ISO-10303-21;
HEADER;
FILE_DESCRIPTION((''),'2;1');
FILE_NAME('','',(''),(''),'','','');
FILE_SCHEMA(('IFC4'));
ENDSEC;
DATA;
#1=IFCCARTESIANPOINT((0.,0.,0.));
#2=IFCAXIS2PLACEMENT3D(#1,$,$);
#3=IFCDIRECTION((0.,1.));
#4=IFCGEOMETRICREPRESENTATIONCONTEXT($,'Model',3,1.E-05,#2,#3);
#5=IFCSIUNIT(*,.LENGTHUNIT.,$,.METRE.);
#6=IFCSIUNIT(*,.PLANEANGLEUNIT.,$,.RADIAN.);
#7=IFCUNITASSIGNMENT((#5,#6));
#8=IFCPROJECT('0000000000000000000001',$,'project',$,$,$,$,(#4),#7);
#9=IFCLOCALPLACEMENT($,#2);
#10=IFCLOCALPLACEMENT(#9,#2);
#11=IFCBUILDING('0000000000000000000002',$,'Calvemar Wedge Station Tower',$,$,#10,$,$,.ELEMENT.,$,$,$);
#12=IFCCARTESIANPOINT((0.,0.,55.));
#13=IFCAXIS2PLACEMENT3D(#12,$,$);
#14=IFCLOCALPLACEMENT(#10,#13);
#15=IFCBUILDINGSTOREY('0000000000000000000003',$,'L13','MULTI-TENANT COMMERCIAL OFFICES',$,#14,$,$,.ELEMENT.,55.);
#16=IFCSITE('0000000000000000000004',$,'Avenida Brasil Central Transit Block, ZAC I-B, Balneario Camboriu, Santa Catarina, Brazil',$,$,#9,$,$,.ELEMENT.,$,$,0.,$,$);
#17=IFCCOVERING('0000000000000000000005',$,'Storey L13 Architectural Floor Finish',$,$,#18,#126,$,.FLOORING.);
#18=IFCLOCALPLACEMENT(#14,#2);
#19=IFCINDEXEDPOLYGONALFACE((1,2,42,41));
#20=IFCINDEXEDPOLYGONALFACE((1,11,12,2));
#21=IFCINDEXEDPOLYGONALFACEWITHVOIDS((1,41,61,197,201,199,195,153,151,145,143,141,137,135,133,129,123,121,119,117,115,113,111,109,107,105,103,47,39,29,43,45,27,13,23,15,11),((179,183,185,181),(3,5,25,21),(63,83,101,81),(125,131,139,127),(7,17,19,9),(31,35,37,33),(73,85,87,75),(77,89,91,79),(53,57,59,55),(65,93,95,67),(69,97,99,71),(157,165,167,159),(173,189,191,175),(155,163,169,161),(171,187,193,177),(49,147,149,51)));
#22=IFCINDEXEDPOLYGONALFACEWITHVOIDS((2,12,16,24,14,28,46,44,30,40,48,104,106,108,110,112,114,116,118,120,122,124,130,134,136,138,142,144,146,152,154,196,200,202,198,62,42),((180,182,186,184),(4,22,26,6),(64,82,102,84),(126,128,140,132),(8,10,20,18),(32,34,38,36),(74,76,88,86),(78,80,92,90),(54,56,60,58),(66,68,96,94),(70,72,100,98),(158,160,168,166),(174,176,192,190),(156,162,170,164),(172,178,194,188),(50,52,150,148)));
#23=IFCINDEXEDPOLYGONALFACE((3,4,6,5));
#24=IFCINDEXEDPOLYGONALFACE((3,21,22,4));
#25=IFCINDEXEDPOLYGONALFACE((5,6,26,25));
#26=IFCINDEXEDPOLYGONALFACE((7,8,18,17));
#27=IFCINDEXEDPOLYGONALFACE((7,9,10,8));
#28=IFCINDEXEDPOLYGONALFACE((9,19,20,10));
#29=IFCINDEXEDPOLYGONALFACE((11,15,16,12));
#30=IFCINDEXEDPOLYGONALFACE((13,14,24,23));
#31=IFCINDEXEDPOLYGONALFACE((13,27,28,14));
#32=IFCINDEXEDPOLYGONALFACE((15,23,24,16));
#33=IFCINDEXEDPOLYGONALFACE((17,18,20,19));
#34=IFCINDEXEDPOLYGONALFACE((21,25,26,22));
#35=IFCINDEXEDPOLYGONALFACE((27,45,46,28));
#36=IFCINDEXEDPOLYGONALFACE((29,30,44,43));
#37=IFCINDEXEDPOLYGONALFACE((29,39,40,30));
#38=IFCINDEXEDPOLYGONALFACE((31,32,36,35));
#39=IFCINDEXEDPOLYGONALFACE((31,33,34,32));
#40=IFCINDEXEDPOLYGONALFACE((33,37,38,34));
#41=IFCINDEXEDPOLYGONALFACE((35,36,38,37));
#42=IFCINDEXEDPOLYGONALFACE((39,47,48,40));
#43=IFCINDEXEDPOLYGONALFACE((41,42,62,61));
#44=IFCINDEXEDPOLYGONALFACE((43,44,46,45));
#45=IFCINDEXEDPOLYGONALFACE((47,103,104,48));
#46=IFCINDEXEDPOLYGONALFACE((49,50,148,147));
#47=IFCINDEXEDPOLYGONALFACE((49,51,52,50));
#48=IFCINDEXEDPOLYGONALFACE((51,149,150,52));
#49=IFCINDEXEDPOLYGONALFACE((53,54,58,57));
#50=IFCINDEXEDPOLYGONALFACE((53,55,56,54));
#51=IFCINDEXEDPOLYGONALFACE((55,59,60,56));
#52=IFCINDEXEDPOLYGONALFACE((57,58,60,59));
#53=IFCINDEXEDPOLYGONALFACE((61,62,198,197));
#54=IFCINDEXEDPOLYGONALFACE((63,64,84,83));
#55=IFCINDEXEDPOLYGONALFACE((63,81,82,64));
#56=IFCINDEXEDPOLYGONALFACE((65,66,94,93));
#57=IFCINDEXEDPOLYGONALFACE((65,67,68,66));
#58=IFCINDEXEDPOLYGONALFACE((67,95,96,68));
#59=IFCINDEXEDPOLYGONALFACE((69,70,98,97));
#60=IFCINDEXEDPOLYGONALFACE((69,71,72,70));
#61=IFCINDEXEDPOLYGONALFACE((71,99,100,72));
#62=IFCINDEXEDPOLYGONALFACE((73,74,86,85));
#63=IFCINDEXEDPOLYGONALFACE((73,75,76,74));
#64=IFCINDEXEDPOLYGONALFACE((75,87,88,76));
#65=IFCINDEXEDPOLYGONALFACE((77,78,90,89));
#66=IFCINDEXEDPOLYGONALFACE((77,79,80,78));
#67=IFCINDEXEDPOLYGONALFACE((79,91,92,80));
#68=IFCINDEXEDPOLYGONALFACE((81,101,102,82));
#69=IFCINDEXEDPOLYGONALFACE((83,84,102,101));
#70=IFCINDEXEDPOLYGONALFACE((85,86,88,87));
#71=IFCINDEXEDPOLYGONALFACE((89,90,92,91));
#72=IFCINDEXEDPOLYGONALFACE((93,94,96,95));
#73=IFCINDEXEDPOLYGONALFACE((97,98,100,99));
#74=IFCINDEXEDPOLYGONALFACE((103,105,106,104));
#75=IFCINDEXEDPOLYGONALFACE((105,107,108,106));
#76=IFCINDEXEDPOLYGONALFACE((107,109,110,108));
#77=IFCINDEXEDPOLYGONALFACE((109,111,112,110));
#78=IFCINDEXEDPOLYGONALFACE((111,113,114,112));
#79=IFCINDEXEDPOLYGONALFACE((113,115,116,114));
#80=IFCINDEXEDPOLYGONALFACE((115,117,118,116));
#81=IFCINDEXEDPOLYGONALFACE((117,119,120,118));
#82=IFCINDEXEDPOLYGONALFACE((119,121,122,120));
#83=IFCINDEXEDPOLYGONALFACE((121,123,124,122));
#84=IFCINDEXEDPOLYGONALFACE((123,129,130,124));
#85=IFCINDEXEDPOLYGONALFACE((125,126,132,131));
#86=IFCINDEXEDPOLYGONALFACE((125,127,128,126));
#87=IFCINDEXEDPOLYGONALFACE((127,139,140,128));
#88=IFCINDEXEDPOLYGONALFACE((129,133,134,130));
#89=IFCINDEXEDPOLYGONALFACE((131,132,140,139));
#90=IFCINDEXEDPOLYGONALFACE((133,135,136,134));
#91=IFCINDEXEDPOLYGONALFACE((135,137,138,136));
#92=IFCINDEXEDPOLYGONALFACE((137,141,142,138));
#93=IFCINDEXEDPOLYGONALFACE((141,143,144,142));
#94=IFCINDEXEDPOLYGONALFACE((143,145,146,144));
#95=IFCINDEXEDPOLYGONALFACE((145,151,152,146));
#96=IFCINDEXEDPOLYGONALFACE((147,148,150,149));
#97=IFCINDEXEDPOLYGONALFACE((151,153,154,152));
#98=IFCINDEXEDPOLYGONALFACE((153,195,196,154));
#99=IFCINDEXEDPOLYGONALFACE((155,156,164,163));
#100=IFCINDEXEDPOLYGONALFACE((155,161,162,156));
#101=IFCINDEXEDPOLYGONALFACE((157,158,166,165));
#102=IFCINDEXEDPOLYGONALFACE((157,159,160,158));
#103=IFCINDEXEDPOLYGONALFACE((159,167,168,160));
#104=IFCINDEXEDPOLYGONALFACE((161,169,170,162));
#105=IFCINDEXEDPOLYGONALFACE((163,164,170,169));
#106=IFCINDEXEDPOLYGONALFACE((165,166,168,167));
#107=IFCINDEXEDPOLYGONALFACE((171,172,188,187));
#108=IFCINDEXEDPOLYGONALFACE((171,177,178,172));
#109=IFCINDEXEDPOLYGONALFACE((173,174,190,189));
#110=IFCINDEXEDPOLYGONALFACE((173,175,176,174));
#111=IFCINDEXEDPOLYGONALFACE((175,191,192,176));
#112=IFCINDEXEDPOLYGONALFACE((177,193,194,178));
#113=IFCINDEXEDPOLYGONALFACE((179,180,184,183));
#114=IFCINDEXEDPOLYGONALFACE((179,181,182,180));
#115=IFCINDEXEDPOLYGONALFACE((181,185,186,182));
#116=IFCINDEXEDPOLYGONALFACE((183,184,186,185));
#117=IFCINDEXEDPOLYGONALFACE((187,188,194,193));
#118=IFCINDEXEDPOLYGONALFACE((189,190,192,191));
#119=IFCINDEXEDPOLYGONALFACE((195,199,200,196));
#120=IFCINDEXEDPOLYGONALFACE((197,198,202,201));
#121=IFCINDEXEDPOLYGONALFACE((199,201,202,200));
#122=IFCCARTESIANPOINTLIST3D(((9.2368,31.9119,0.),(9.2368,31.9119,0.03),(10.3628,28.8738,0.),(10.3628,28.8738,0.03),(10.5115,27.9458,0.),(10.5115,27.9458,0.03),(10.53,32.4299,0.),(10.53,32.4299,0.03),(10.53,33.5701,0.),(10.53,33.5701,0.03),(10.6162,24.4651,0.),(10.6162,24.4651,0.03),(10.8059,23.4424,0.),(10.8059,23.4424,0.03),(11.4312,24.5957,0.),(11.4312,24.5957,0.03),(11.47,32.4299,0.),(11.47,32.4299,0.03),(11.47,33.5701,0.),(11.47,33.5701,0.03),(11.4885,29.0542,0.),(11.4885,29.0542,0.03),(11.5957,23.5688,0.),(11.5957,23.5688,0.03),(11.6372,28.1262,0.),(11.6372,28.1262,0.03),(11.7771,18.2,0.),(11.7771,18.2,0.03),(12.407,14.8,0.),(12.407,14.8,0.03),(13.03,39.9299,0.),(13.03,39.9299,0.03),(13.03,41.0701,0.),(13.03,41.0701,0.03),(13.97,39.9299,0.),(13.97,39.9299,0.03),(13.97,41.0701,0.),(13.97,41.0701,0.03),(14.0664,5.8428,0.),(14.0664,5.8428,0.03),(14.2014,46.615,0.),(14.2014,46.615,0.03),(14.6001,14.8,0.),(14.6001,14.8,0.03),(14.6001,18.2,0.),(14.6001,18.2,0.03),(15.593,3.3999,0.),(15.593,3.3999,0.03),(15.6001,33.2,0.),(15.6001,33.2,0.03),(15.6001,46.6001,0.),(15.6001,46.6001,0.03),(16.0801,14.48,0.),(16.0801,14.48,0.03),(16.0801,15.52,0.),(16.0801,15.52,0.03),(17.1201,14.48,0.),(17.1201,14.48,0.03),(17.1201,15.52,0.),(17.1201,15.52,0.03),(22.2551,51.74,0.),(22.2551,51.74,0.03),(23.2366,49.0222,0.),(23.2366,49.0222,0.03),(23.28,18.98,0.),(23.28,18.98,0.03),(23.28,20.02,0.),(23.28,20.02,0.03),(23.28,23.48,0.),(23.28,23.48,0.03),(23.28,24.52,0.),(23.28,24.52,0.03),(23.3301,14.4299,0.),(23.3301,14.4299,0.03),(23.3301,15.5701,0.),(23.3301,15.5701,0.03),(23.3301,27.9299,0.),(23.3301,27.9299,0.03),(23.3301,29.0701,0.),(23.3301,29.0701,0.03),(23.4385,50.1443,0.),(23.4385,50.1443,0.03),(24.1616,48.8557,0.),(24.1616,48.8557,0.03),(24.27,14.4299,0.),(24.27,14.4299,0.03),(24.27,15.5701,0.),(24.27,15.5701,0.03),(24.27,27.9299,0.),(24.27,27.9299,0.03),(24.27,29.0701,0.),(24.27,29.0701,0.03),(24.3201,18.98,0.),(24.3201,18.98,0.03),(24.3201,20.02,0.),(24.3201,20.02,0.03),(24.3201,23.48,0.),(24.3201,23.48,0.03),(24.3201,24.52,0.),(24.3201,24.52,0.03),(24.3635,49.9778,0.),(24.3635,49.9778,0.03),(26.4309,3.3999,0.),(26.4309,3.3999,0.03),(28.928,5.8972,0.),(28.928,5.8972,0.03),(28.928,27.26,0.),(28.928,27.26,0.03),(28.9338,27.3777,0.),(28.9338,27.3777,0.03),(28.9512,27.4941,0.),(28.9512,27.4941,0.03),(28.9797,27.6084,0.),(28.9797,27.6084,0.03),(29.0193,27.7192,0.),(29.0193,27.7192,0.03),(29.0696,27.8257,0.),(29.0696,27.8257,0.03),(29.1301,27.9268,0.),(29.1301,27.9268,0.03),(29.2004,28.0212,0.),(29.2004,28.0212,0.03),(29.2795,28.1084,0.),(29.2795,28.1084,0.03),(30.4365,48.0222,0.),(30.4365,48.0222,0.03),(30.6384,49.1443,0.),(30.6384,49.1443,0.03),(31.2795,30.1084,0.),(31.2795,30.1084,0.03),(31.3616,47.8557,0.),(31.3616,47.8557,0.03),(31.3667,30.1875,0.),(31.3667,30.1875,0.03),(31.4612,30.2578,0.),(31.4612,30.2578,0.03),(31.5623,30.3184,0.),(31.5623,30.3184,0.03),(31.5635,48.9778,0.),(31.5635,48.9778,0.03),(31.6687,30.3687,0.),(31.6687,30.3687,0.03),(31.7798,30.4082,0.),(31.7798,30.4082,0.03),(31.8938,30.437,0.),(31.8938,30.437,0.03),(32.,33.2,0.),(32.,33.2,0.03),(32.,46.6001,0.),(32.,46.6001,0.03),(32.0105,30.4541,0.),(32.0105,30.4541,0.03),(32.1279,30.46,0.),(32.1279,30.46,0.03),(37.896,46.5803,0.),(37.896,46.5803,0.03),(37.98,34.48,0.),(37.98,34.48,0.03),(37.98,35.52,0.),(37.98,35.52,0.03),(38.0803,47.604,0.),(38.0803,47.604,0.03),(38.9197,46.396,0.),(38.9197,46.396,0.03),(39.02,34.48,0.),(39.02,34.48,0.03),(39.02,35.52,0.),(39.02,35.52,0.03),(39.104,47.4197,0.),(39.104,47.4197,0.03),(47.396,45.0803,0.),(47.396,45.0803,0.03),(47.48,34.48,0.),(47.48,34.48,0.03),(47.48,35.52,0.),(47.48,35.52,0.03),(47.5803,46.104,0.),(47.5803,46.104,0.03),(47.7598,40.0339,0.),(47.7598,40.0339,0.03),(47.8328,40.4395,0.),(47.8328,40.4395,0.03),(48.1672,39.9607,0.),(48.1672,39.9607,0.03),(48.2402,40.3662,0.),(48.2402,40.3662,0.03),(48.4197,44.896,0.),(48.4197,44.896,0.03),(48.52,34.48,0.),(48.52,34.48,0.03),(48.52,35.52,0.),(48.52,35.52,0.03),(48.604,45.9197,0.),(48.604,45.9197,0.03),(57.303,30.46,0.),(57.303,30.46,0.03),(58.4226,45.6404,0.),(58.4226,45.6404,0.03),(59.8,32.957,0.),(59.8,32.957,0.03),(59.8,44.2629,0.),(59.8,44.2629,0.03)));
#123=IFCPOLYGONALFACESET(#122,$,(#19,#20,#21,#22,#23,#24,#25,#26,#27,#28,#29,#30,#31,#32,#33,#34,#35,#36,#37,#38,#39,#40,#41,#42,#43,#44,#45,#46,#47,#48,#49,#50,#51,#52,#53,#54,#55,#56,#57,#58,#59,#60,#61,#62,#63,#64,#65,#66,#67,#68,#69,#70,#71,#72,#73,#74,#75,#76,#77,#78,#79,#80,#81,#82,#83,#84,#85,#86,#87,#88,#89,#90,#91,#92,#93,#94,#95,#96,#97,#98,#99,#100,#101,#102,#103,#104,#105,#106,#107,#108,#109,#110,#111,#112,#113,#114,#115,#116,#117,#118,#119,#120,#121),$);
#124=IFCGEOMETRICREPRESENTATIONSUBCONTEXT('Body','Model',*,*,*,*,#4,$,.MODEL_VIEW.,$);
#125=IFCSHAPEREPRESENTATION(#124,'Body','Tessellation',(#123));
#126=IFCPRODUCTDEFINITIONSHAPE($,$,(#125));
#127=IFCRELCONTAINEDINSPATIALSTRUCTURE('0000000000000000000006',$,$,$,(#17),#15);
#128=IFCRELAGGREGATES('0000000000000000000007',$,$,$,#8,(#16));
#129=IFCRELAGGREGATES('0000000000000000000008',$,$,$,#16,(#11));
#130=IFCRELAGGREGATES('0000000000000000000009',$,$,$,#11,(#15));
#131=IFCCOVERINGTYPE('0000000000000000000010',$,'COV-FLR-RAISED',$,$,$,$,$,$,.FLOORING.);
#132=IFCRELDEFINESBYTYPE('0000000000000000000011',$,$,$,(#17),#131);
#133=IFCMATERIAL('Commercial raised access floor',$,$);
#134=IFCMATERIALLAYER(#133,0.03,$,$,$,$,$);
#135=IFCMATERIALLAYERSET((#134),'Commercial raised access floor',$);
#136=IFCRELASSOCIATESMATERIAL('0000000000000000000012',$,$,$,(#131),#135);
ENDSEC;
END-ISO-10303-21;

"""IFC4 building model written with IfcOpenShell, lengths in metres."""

from ifc_helpers import new_model, si_unit, direction, frame, origin, place, context, subcontext, project, spatial, polyline, outline, extrude, material, layer, layer_set, type_object, element, save


model = new_model("IFC4")

# Units and contexts
model_context = context("Model", 3, precision=1e-05, world=origin(), true_north=direction((0.0, 1.0)))
body_context = subcontext(model_context, "Body", "Model", "MODEL_VIEW")
ifc_project = project(units=[si_unit("LENGTHUNIT", "METRE"), si_unit("PLANEANGLEUNIT", "RADIAN")], contexts=[model_context])

# Site, building, storey
site_placement = place(None, origin())
site = spatial("IfcSite", under=ifc_project, at=site_placement, Name="Avenida Brasil Central Transit Block, ZAC I-B, Balneario Camboriu, Santa Catarina, Brazil", CompositionType="ELEMENT", RefElevation=0.0)
building_placement = place(site_placement, origin())
building = spatial("IfcBuilding", under=site, at=building_placement, Name="Calvemar Wedge Station Tower", CompositionType="ELEMENT")
storey_placement = place(building_placement, frame((0.0, 0.0, 55.0)))
storey = spatial("IfcBuildingStorey", under=building, at=storey_placement, Name="L13", Description="MULTI-TENANT COMMERCIAL OFFICES", CompositionType="ELEMENT", Elevation=55.0)

# Covering
ifc_material_1 = material(Name="Commercial raised access floor")
ifc_layer_1 = layer(ifc_material_1, 0.03)
ifc_layer_set_1 = layer_set([ifc_layer_1], Name="Commercial raised access floor")
covering_type_1 = type_object("IfcCoveringType", Name="COV-FLR-RAISED", PredefinedType="FLOORING", material=ifc_layer_set_1)
covering_1_placement = place(storey_placement, origin())
element("IfcCovering", 1, at=covering_1_placement, inside=storey, type_object=covering_type_1, Name="Storey L13 Architectural Floor Finish", PredefinedType="FLOORING", context=body_context, shape_type="SweptSolid", body=[
    extrude(outline(polyline([(29.2795, 28.1084), (31.2795, 30.1084), (31.3667, 30.1875), (31.4612, 30.2578), (31.5623, 30.3184), (31.6687, 30.3687), (31.7798, 30.4082), (31.8938, 30.437), (32.0105, 30.4541), (32.1279, 30.46), (57.303, 30.46), (59.8, 32.957), (59.8, 44.2629), (58.4226, 45.6404), (22.2551, 51.74), (14.2014, 46.615), (9.2368, 31.9119), (10.6162, 24.4651), (11.4312, 24.5957), (11.5957, 23.5688), (10.8059, 23.4424), (11.7771, 18.2), (14.6001, 18.2), (14.6001, 14.8), (12.407, 14.8), (14.0664, 5.8428), (15.593, 3.3999), (26.4309, 3.3999), (28.928, 5.8972), (28.928, 27.26), (28.9338, 27.3777), (28.9512, 27.4941), (28.9797, 27.6084), (29.0193, 27.7192), (29.0696, 27.8257), (29.1301, 27.9268), (29.2004, 28.0212), (29.2795, 28.1084)]), holes=[polyline([(15.6001, 46.6001), (32.0, 46.6001), (32.0, 33.2), (15.6001, 33.2), (15.6001, 46.6001)]), polyline([(10.53, 32.4299), (10.53, 33.5701), (11.47, 33.5701), (11.47, 32.4299), (10.53, 32.4299)]), polyline([(13.03, 41.0701), (13.97, 41.0701), (13.97, 39.9299), (13.03, 39.9299), (13.03, 41.0701)]), polyline([(24.3635, 49.9778), (24.1616, 48.8557), (23.2366, 49.0222), (23.4385, 50.1443), (24.3635, 49.9778)]), polyline([(31.3616, 47.8557), (30.4365, 48.0222), (30.6384, 49.1443), (31.5635, 48.9778), (31.3616, 47.8557)]), polyline([(37.896, 46.5803), (38.0803, 47.604), (39.104, 47.4197), (38.9197, 46.396), (37.896, 46.5803)]), polyline([(47.5803, 46.104), (48.604, 45.9197), (48.4197, 44.896), (47.396, 45.0803), (47.5803, 46.104)]), polyline([(39.02, 35.52), (39.02, 34.48), (37.98, 34.48), (37.98, 35.52), (39.02, 35.52)]), polyline([(48.52, 34.48), (47.48, 34.48), (47.48, 35.52), (48.52, 35.52), (48.52, 34.48)]), polyline([(47.7598, 40.0339), (47.8328, 40.4395), (48.2402, 40.3662), (48.1672, 39.9607), (47.7598, 40.0339)]), polyline([(11.4885, 29.0542), (11.6372, 28.1262), (10.5115, 27.9458), (10.3628, 28.8738), (11.4885, 29.0542)]), polyline([(24.27, 27.9299), (23.3301, 27.9299), (23.3301, 29.0701), (24.27, 29.0701), (24.27, 27.9299)]), polyline([(23.28, 23.48), (23.28, 24.52), (24.3201, 24.52), (24.3201, 23.48), (23.28, 23.48)]), polyline([(23.28, 20.02), (24.3201, 20.02), (24.3201, 18.98), (23.28, 18.98), (23.28, 20.02)]), polyline([(24.27, 15.5701), (24.27, 14.4299), (23.3301, 14.4299), (23.3301, 15.5701), (24.27, 15.5701)]), polyline([(17.1201, 14.48), (16.0801, 14.48), (16.0801, 15.52), (17.1201, 15.52), (17.1201, 14.48)])]), origin(), (0.0, 0.0, 1.0), 0.03),
])

save(model, "model.ifc")
